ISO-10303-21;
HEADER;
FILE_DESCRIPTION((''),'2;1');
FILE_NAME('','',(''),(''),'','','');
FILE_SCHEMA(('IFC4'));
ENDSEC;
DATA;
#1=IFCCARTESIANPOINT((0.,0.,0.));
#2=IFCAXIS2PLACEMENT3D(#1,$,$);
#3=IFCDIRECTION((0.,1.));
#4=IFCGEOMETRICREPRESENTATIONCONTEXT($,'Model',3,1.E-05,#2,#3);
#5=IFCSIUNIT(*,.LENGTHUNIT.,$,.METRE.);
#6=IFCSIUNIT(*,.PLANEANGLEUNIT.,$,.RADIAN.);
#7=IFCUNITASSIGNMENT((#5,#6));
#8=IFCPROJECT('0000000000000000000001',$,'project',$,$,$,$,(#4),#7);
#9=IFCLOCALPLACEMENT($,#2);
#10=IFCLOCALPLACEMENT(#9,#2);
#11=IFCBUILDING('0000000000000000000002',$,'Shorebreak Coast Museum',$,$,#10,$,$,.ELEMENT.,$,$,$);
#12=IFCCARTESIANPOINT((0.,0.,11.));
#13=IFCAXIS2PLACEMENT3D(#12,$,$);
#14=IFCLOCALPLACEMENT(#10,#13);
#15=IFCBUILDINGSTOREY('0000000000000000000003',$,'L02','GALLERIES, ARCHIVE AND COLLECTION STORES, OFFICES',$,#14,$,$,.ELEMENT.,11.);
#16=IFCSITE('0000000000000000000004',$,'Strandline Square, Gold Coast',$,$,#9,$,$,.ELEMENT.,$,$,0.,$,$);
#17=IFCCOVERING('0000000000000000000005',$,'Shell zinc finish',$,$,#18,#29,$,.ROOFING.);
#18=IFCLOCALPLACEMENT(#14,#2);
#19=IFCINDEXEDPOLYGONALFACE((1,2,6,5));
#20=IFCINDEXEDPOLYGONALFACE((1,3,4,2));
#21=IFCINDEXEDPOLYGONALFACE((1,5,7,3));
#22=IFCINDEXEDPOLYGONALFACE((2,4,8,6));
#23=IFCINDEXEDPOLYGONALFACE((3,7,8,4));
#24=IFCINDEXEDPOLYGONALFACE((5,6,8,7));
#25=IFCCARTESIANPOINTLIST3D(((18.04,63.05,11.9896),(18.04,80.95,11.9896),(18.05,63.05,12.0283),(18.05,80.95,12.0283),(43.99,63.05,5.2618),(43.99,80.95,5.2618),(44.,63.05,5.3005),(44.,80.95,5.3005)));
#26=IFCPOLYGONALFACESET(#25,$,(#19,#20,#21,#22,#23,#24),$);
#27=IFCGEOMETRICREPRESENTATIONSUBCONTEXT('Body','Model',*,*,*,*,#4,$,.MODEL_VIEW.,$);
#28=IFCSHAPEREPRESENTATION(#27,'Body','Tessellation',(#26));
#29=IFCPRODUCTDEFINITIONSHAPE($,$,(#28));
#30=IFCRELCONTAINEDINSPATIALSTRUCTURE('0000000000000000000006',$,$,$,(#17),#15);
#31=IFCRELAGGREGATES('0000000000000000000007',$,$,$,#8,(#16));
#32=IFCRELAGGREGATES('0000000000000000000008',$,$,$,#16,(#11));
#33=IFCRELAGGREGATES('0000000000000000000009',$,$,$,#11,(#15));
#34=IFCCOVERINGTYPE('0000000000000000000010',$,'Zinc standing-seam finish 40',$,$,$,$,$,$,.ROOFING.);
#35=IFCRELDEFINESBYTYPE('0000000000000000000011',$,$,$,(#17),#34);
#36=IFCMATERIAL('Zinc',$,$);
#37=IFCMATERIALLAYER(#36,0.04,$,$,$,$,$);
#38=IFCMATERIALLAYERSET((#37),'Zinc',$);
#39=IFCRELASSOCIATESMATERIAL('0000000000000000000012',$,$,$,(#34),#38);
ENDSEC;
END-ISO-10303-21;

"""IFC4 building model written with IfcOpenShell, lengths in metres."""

from ifc_helpers import new_model, si_unit, direction, frame, origin, place, context, subcontext, project, spatial, polyline, outline, extrude, material, layer, layer_set, type_object, element, save


model = new_model("IFC4")

# Units and contexts
model_context = context("Model", 3, precision=1e-05, world=origin(), true_north=direction((0.0, 1.0)))
body_context = subcontext(model_context, "Body", "Model", "MODEL_VIEW")
ifc_project = project(units=[si_unit("LENGTHUNIT", "METRE"), si_unit("PLANEANGLEUNIT", "RADIAN")], contexts=[model_context])

# Site, building, storey
site_placement = place(None, origin())
site = spatial("IfcSite", under=ifc_project, at=site_placement, Name="Strandline Square, Gold Coast", CompositionType="ELEMENT", RefElevation=0.0)
building_placement = place(site_placement, origin())
building = spatial("IfcBuilding", under=site, at=building_placement, Name="Shorebreak Coast Museum", CompositionType="ELEMENT")
storey_placement = place(building_placement, frame((0.0, 0.0, 11.0)))
storey = spatial("IfcBuildingStorey", under=building, at=storey_placement, Name="L02", Description="GALLERIES, ARCHIVE AND COLLECTION STORES, OFFICES", CompositionType="ELEMENT", Elevation=11.0)

# Covering
ifc_material_1 = material(Name="Zinc")
ifc_layer_1 = layer(ifc_material_1, 0.04)
ifc_layer_set_1 = layer_set([ifc_layer_1], Name="Zinc")
covering_type = type_object("IfcCoveringType", Name="Zinc standing-seam finish 40", PredefinedType="ROOFING", material=ifc_layer_set_1)
covering_placement = place(storey_placement, frame((18.05, 63.05, 12.0283), z_axis=(0.250963, 0.0, 0.967997), x_axis=(0.967997, 0.0, -0.250963)))
element("IfcCovering", 1, at=covering_placement, inside=storey, type_object=covering_type, Name="Shell zinc finish", PredefinedType="ROOFING", context=body_context, shape_type="SweptSolid", body=[
    extrude(outline(polyline([(0.0, 0.0), (26.8079, 0.0), (26.8079, 17.8999), (0.0, 17.8999), (0.0, 0.0)])), origin(), (0.0, 0.0, -1.0), 0.04),
])

save(model, "model.ifc")
